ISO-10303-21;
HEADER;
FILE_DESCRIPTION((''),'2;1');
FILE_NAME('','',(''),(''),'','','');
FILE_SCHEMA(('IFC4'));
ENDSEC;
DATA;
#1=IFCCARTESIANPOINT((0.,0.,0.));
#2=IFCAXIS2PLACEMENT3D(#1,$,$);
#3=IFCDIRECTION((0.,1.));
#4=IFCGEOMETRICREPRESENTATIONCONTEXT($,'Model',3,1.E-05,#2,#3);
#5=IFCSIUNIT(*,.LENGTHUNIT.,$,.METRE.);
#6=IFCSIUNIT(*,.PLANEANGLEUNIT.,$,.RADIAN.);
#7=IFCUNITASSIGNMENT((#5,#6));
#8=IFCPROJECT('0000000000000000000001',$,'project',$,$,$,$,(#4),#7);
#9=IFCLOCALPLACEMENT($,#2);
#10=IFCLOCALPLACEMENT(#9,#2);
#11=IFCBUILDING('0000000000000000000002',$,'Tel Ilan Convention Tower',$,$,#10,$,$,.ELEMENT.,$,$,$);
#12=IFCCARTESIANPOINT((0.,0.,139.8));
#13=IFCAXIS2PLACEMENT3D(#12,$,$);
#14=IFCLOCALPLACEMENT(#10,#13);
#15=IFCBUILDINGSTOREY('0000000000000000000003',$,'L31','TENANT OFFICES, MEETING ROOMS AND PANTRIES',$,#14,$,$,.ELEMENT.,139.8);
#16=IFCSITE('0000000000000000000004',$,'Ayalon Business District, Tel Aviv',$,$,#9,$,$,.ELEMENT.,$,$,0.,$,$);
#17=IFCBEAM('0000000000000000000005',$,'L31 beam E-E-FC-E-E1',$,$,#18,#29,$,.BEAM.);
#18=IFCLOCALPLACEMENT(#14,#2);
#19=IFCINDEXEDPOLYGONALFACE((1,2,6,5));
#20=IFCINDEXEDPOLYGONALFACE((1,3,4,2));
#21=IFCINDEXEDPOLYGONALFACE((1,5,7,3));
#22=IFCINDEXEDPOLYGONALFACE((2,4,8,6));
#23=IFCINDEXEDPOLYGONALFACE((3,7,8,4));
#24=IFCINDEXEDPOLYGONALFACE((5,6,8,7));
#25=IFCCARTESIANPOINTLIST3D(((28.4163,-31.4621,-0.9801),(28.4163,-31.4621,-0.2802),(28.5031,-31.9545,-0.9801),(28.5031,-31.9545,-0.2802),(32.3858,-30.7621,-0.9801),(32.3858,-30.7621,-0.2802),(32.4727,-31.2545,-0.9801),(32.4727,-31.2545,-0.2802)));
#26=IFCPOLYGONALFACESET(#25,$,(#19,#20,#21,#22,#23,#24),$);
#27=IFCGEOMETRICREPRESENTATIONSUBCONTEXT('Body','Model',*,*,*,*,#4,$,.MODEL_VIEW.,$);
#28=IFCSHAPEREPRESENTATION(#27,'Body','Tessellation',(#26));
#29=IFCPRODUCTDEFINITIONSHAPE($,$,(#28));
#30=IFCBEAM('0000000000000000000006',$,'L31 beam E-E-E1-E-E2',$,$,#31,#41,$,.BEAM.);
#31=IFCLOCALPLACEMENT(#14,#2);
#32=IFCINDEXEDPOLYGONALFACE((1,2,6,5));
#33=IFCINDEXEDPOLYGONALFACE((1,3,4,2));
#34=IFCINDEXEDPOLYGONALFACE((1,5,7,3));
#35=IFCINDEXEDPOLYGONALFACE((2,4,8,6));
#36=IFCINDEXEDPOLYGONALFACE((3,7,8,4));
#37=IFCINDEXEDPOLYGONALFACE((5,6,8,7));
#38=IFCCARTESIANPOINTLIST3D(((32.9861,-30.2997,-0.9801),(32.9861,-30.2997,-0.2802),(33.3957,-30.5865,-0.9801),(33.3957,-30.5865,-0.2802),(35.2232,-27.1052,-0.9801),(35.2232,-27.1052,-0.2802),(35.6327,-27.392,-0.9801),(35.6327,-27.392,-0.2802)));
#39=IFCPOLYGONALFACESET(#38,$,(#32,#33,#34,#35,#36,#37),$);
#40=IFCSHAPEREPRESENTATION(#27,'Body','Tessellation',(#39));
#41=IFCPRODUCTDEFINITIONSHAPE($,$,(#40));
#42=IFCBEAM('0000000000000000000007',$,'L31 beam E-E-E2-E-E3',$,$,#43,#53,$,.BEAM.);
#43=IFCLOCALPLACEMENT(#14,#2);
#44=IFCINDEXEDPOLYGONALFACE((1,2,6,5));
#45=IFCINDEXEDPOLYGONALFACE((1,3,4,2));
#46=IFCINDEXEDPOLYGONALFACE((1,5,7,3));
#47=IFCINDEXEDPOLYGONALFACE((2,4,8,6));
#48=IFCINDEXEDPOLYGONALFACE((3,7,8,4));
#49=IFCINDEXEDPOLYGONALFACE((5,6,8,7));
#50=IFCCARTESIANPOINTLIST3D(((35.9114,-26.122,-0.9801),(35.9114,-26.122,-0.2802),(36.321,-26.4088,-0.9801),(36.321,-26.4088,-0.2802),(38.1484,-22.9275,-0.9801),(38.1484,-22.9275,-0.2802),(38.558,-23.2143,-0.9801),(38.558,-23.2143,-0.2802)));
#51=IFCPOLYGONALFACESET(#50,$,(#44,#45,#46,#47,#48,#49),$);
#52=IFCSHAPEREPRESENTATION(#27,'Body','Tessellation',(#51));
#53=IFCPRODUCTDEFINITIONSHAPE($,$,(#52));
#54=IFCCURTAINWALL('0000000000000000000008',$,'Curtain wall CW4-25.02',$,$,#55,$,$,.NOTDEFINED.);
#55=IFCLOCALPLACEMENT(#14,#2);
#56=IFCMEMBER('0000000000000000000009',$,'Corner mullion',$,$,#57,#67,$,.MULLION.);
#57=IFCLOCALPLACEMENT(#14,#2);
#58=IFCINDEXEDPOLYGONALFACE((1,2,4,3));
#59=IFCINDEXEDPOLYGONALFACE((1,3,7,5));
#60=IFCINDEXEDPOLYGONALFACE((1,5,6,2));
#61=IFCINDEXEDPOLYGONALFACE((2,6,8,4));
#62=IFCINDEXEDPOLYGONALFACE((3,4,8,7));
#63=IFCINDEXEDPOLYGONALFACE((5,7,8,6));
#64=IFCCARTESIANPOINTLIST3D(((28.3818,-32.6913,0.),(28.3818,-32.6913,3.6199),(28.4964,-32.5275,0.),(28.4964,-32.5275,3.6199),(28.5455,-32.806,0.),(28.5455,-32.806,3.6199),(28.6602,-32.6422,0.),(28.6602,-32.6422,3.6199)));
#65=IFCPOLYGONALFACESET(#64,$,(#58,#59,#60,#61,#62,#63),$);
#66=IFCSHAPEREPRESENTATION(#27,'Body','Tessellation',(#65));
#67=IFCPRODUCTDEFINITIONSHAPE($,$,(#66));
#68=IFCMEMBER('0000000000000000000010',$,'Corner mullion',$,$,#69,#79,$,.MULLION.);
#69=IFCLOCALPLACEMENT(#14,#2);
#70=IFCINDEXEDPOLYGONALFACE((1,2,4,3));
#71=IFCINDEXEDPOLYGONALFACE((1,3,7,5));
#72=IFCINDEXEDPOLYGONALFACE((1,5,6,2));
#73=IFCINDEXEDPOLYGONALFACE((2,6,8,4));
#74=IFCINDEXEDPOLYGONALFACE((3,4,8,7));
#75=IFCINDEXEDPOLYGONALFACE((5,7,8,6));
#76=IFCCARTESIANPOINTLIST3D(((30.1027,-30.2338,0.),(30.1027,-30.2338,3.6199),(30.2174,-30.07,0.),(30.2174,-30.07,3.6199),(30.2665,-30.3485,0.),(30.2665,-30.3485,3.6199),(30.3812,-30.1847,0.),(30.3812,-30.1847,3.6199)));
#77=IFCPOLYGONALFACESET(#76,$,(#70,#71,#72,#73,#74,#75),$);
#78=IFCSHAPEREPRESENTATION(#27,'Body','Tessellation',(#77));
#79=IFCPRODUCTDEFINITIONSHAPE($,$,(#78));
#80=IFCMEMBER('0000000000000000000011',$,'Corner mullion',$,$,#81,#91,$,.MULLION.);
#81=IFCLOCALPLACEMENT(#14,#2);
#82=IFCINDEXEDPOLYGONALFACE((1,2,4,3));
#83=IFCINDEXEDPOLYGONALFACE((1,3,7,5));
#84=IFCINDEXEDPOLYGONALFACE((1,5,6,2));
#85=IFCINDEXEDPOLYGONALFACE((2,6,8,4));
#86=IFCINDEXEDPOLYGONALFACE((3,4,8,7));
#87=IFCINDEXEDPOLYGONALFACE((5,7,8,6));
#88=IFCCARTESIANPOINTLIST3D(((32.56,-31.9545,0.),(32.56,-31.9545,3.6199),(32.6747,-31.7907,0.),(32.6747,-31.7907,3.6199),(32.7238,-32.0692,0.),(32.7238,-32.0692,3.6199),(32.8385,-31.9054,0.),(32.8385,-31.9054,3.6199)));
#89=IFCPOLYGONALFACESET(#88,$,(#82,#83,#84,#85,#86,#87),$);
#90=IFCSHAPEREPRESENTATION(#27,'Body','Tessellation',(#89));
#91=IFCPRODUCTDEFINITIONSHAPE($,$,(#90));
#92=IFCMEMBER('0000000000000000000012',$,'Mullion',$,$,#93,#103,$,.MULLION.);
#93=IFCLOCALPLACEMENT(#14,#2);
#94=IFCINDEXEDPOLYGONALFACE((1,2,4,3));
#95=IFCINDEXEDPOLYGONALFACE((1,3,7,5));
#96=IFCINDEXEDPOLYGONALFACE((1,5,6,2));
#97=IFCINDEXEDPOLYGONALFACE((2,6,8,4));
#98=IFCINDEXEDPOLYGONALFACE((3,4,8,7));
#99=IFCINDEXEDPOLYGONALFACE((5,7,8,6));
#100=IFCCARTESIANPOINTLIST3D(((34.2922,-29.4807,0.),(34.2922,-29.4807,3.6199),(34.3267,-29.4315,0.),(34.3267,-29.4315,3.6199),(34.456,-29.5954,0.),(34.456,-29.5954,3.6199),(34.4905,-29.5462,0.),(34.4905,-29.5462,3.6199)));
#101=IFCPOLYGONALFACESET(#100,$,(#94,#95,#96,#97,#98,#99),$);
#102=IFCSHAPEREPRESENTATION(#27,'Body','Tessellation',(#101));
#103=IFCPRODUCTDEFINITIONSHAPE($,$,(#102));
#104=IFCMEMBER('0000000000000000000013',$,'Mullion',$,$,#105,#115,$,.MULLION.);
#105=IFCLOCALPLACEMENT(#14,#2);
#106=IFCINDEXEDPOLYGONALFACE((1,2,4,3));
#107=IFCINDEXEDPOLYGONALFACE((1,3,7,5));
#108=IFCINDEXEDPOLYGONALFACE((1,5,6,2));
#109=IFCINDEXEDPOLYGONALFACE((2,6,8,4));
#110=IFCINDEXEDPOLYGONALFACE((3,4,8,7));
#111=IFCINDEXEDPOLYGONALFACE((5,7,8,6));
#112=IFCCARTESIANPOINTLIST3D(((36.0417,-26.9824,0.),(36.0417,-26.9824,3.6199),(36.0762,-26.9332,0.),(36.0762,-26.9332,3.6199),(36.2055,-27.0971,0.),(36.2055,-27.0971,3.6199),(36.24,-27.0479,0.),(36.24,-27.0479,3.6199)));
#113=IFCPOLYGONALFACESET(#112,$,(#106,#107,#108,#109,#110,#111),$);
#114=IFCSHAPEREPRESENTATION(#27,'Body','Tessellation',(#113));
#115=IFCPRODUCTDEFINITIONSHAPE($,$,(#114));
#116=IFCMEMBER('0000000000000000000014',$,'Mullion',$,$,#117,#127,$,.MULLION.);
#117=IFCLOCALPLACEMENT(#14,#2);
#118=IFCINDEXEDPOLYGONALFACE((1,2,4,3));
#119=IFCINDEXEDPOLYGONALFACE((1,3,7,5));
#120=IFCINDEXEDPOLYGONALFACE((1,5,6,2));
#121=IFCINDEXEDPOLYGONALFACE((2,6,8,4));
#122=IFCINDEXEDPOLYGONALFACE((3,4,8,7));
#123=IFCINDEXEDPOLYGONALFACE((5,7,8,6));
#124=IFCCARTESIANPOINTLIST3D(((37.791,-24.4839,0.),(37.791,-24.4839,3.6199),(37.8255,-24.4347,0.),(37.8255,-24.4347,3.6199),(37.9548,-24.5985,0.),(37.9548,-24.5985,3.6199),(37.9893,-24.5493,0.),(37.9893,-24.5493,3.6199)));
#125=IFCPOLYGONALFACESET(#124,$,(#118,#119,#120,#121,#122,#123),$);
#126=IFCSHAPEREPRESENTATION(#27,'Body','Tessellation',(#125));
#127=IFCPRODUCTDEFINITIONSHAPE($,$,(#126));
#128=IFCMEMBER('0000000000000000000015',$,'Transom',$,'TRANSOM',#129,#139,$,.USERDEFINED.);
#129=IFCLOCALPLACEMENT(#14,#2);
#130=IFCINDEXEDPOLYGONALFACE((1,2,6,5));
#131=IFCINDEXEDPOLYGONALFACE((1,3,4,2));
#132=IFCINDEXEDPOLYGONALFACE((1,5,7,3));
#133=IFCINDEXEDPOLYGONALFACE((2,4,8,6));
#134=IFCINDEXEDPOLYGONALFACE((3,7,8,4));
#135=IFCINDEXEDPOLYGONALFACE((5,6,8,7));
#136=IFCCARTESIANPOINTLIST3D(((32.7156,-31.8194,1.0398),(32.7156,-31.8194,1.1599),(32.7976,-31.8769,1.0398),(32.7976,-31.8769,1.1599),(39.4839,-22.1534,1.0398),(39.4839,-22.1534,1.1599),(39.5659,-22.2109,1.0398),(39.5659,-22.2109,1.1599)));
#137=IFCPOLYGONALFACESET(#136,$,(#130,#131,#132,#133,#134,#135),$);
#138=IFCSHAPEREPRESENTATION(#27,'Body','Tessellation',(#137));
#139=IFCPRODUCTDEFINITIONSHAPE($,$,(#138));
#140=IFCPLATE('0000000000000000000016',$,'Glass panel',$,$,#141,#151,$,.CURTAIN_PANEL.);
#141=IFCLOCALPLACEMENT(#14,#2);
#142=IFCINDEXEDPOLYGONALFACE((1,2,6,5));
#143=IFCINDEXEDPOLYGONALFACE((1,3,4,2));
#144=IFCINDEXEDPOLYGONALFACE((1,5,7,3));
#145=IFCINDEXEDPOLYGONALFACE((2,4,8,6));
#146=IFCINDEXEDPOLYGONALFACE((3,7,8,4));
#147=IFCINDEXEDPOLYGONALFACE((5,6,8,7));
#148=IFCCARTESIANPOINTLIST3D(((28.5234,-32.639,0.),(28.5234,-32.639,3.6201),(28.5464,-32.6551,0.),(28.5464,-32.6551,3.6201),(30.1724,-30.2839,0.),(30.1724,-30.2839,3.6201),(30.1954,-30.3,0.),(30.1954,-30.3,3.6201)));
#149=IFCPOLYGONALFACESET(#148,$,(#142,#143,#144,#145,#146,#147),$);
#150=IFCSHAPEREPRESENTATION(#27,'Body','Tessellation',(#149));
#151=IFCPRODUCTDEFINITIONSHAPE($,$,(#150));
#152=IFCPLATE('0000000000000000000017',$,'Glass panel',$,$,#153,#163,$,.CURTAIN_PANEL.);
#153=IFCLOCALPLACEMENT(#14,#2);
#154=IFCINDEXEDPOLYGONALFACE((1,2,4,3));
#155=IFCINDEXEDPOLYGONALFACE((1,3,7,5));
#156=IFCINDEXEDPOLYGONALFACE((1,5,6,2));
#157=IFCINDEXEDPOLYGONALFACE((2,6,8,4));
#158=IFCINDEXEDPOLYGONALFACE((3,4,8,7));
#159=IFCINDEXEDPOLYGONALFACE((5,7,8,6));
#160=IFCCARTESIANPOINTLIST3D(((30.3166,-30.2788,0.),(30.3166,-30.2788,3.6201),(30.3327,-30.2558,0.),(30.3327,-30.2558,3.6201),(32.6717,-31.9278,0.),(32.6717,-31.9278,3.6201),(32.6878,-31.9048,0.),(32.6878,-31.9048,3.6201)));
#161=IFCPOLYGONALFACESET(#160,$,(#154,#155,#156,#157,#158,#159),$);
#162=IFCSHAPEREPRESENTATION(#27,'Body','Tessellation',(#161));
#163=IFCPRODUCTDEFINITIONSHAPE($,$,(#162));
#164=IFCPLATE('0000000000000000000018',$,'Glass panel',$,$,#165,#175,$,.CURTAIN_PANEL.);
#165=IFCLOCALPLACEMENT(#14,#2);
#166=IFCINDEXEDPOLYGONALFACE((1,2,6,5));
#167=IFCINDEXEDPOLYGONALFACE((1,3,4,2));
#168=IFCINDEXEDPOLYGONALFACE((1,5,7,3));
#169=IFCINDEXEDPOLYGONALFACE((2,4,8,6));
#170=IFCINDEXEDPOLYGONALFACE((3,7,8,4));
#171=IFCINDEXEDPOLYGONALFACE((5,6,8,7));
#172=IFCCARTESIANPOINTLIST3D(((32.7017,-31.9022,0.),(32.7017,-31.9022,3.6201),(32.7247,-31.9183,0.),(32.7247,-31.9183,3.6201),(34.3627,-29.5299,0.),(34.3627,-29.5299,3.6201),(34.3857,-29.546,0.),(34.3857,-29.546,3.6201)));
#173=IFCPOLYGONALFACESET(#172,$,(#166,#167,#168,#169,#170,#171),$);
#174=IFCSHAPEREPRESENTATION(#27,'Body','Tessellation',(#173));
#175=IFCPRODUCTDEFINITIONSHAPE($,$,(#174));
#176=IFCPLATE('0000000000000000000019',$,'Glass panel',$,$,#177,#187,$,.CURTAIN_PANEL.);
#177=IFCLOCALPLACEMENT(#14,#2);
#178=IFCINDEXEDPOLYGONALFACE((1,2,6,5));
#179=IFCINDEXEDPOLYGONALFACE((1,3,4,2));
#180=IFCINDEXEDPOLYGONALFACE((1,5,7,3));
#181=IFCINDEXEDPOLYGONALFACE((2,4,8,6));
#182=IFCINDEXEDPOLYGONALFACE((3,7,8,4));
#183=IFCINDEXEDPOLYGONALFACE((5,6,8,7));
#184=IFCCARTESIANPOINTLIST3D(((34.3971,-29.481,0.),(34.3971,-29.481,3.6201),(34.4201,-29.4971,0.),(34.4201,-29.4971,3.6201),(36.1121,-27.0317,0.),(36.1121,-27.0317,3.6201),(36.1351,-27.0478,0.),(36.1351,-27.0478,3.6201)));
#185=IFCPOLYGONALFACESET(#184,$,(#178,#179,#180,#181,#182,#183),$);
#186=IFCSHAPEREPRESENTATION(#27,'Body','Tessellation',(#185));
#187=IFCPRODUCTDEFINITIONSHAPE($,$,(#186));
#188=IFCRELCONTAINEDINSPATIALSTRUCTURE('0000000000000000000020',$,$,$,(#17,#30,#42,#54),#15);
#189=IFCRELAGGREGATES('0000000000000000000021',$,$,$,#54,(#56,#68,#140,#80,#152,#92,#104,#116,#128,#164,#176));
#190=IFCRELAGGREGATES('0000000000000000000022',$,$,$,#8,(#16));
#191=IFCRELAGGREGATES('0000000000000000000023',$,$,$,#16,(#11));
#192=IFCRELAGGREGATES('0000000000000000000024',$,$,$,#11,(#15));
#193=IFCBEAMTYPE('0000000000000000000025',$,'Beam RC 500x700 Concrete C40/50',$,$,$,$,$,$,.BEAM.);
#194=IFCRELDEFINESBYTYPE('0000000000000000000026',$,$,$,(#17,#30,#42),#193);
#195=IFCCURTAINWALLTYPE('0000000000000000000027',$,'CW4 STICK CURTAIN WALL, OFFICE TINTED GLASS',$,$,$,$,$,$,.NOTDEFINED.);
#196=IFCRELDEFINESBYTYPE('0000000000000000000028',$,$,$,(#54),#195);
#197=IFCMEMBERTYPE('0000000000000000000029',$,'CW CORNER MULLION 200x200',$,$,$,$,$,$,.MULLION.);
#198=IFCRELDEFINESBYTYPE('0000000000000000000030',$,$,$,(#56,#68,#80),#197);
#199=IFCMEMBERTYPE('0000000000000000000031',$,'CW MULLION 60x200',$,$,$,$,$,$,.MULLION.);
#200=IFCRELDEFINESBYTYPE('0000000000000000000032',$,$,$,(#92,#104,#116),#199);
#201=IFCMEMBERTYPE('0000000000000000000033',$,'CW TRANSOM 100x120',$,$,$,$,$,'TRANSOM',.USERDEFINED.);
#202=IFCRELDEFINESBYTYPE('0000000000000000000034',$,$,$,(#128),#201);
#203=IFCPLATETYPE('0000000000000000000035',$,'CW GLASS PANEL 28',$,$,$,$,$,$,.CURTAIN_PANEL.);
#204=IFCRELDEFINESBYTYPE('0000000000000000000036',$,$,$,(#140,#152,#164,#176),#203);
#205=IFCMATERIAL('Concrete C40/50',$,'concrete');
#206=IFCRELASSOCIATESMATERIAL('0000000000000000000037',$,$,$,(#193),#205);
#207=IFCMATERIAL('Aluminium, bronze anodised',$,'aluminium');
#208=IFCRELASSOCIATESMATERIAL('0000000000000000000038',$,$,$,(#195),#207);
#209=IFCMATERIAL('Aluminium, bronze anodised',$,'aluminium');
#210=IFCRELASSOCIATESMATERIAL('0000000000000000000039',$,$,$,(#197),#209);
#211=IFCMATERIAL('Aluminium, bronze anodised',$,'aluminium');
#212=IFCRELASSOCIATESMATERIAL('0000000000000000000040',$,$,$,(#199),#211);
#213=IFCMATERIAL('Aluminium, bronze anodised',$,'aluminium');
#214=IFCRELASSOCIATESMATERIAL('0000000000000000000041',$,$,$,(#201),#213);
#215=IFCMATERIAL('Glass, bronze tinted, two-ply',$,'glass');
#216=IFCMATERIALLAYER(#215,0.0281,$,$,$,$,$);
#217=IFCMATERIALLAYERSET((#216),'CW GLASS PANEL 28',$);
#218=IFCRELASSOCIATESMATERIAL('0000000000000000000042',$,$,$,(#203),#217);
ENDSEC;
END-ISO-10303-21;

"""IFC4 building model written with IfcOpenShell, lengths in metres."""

from ifc_helpers import new_model, si_unit, direction, frame, origin, origin_2d, place, context, subcontext, project, spatial, rectangle, extrude, material, layer, layer_set, material_profile, profile_set, type_object, element, aggregate, save


model = new_model("IFC4")

# Units and contexts
model_context = context("Model", 3, precision=1e-05, world=origin(), true_north=direction((0.0, 1.0)))
body_context = subcontext(model_context, "Body", "Model", "MODEL_VIEW")
ifc_project = project(units=[si_unit("LENGTHUNIT", "METRE"), si_unit("PLANEANGLEUNIT", "RADIAN")], contexts=[model_context])

# Site, building, storey
site_placement = place(None, origin())
site = spatial("IfcSite", under=ifc_project, at=site_placement, Name="Ayalon Business District, Tel Aviv", CompositionType="ELEMENT", RefElevation=0.0)
building_placement = place(site_placement, origin())
building = spatial("IfcBuilding", under=site, at=building_placement, Name="Tel Ilan Convention Tower", CompositionType="ELEMENT")
storey_placement = place(building_placement, frame((0.0, 0.0, 139.8)))
storey = spatial("IfcBuildingStorey", under=building, at=storey_placement, Name="L31", Description="TENANT OFFICES, MEETING ROOMS AND PANTRIES", CompositionType="ELEMENT", Elevation=139.8)

# Beams
ifc_material_1 = material(Name="Concrete C40/50", Category="concrete")
ifc_material_profile_1 = material_profile(ifc_material_1, rectangle(XDim=0.5, YDim=0.7, at=origin_2d()), Name="RC 500x700")
ifc_profile_set_1 = profile_set([ifc_material_profile_1], Name="Concrete C40/50")
beam_type = type_object("IfcBeamType", Name="Beam RC 500x700 Concrete C40/50", PredefinedType="BEAM", material=ifc_profile_set_1)
beam_placement = place(storey_placement, frame((28.4597, -31.7083, -0.6301), z_axis=(0.984807, 0.173654, 0.0), x_axis=(-0.173654, 0.984807, 0.0)))
element("IfcBeam", 1, at=beam_placement, inside=storey, type_object=beam_type, Name="L31 beam E-E-FC-E-E1", PredefinedType="BEAM", context=body_context, shape_type="SweptSolid", body=[
    extrude(rectangle(XDim=0.5, YDim=0.7, at=origin_2d()), origin(), (0.0, 0.0, 1.0), 4.0308),
])
for number, where, z_axis, x_axis, name in (
    (2, (33.1909, -30.4431, -0.6301), (0.573609, 0.819129, 0.0), (-0.819129, 0.573609, 0.0), "L31 beam E-E-E1-E-E2"),
    (3, (36.1162, -26.2654, -0.6301), (0.573609, 0.819129, 0.0), (-0.819129, 0.573609, 0.0), "L31 beam E-E-E2-E-E3"),
):
    element("IfcBeam", number, at=place(storey_placement, frame(where, z_axis=z_axis, x_axis=x_axis)), inside=storey, type_object=beam_type, Name=name, PredefinedType="BEAM", context=body_context, shape_type="SweptSolid", body=[
        extrude(rectangle(XDim=0.5, YDim=0.7, at=origin_2d()), origin(), (0.0, 0.0, 1.0), 3.8999),
    ])

# Curtain wall, members, plates
ifc_material_2 = material(Name="Aluminium, bronze anodised", Category="aluminium")
curtain_wall_type = type_object("IfcCurtainWallType", Name="CW4 STICK CURTAIN WALL, OFFICE TINTED GLASS", PredefinedType="NOTDEFINED", material=ifc_material_2)
curtain_wall_placement = place(storey_placement, origin())
curtain_wall = element("IfcCurtainWall", 4, at=curtain_wall_placement, inside=storey, type_object=curtain_wall_type, Name="Curtain wall CW4-25.02", PredefinedType="NOTDEFINED")
ifc_material_3 = material(Name="Aluminium, bronze anodised", Category="aluminium")
ifc_material_profile_2 = material_profile(ifc_material_3, rectangle(XDim=0.2, YDim=0.2, at=origin_2d()), Name="CW CORNER MULLION 200x200")
ifc_profile_set_2 = profile_set([ifc_material_profile_2], Name="Aluminium, bronze anodised")
member_type_1 = type_object("IfcMemberType", Name="CW CORNER MULLION 200x200", PredefinedType="MULLION", material=ifc_profile_set_2)
member_1_placement = place(storey_placement, frame((28.521, -32.6667, 0.0), z_axis=(0.0, 0.0, 1.0), x_axis=(0.819152, -0.573576, 0.0)))
member_1 = element("IfcMember", 5, at=member_1_placement, type_object=member_type_1, Name="Corner mullion", PredefinedType="MULLION", context=body_context, shape_type="SweptSolid", body=[
    extrude(rectangle(XDim=0.2, YDim=0.2, at=origin_2d()), origin(), (0.0, 0.0, 1.0), 3.6199),
])
member_2_placement = place(storey_placement, frame((30.2419, -30.2092, 0.0), z_axis=(0.0, 0.0, 1.0), x_axis=(0.573576, 0.819152, 0.0)))
member_2 = element("IfcMember", 6, at=member_2_placement, type_object=member_type_1, Name="Corner mullion", PredefinedType="MULLION", context=body_context, shape_type="SweptSolid", body=[
    extrude(rectangle(XDim=0.2, YDim=0.2, at=origin_2d()), origin(), (0.0, 0.0, 1.0), 3.6199),
])
member_3_placement = place(storey_placement, frame((32.6992, -31.9299, 0.0), z_axis=(0.0, 0.0, 1.0), x_axis=(0.819152, -0.573576, 0.0)))
member_3 = element("IfcMember", 7, at=member_3_placement, type_object=member_type_1, Name="Corner mullion", PredefinedType="MULLION", context=body_context, shape_type="SweptSolid", body=[
    extrude(rectangle(XDim=0.2, YDim=0.2, at=origin_2d()), origin(), (0.0, 0.0, 1.0), 3.6199),
])
ifc_material_4 = material(Name="Aluminium, bronze anodised", Category="aluminium")
ifc_material_profile_3 = material_profile(ifc_material_4, rectangle(XDim=0.0601, YDim=0.2, at=origin_2d()), Name="CW MULLION 60x200")
ifc_profile_set_3 = profile_set([ifc_material_profile_3], Name="Aluminium, bronze anodised")
member_type_2 = type_object("IfcMemberType", Name="CW MULLION 60x200", PredefinedType="MULLION", material=ifc_profile_set_3)
member_4_placement = place(storey_placement, frame((34.3914, -29.5134, 0.0), z_axis=(0.0, 0.0, 1.0), x_axis=(0.573576, 0.819152, 0.0)))
member_4 = element("IfcMember", 8, at=member_4_placement, type_object=member_type_2, Name="Mullion", PredefinedType="MULLION", context=body_context, shape_type="SweptSolid", body=[
    extrude(rectangle(XDim=0.0601, YDim=0.2, at=origin_2d()), origin(), (0.0, 0.0, 1.0), 3.6199),
])
member_5_placement = place(storey_placement, frame((36.1409, -27.0151, 0.0), z_axis=(0.0, 0.0, 1.0), x_axis=(0.573576, 0.819152, 0.0)))
member_5 = element("IfcMember", 9, at=member_5_placement, type_object=member_type_2, Name="Mullion", PredefinedType="MULLION", context=body_context, shape_type="SweptSolid", body=[
    extrude(rectangle(XDim=0.0601, YDim=0.2, at=origin_2d()), origin(), (0.0, 0.0, 1.0), 3.6199),
])
member_6_placement = place(storey_placement, frame((37.8901, -24.5166, 0.0), z_axis=(0.0, 0.0, 1.0), x_axis=(0.573576, 0.819152, 0.0)))
member_6 = element("IfcMember", 10, at=member_6_placement, type_object=member_type_2, Name="Mullion", PredefinedType="MULLION", context=body_context, shape_type="SweptSolid", body=[
    extrude(rectangle(XDim=0.0601, YDim=0.2, at=origin_2d()), origin(), (0.0, 0.0, 1.0), 3.6199),
])
ifc_material_5 = material(Name="Aluminium, bronze anodised", Category="aluminium")
ifc_material_profile_4 = material_profile(ifc_material_5, rectangle(XDim=0.1001, YDim=0.1201, at=origin_2d()), Name="CW TRANSOM 100x120")
ifc_profile_set_4 = profile_set([ifc_material_profile_4], Name="Aluminium, bronze anodised")
member_type_3 = type_object("IfcMemberType", Name="CW TRANSOM 100x120", ElementType="TRANSOM", PredefinedType="USERDEFINED", material=ifc_profile_set_4)
member_7_placement = place(storey_placement, frame((32.7566, -31.8481, 1.0999), z_axis=(0.573582, 0.819148, 0.0), x_axis=(-0.819148, 0.573582, 0.0)))
member_7 = element("IfcMember", 11, at=member_7_placement, type_object=member_type_3, Name="Transom", ObjectType="TRANSOM", PredefinedType="USERDEFINED", context=body_context, shape_type="SweptSolid", body=[
    extrude(rectangle(XDim=0.1001, YDim=0.1201, at=origin_2d()), origin(), (0.0, 0.0, 1.0), 11.8),
])
ifc_material_6 = material(Name="Glass, bronze tinted, two-ply", Category="glass")
ifc_layer_1 = layer(ifc_material_6, 0.0281)
ifc_layer_set_1 = layer_set([ifc_layer_1], Name="CW GLASS PANEL 28")
plate_type = type_object("IfcPlateType", Name="CW GLASS PANEL 28", PredefinedType="CURTAIN_PANEL", material=ifc_layer_set_1)
plate_1_placement = place(storey_placement, frame((29.3594, -31.4695, 0.0), z_axis=(0.0, 0.0, 1.0), x_axis=(0.573576, 0.819152, 0.0)))
plate_1 = element("IfcPlate", 12, at=plate_1_placement, type_object=plate_type, Name="Glass panel", PredefinedType="CURTAIN_PANEL", context=body_context, shape_type="SweptSolid", body=[
    extrude(rectangle(XDim=2.875, YDim=0.0281, at=origin_2d()), origin(), (0.0, 0.0, 1.0), 3.6201),
])
plate_2_placement = place(storey_placement, frame((31.5022, -31.0918, 0.0), z_axis=(0.0, 0.0, 1.0), x_axis=(0.819152, -0.573576, 0.0)))
plate_2 = element("IfcPlate", 13, at=plate_2_placement, type_object=plate_type, Name="Glass panel", PredefinedType="CURTAIN_PANEL", context=body_context, shape_type="SweptSolid", body=[
    extrude(rectangle(XDim=2.875, YDim=0.0281, at=origin_2d()), origin(), (0.0, 0.0, 1.0), 3.6201),
])
plate_3_placement = place(storey_placement, frame((33.5437, -30.7241, 0.0), z_axis=(0.0, 0.0, 1.0), x_axis=(0.573576, 0.819152, 0.0)))
plate_3 = element("IfcPlate", 14, at=plate_3_placement, type_object=plate_type, Name="Glass panel", PredefinedType="CURTAIN_PANEL", context=body_context, shape_type="SweptSolid", body=[
    extrude(rectangle(XDim=2.896, YDim=0.0281, at=origin_2d()), origin(), (0.0, 0.0, 1.0), 3.6201),
])
plate_4_placement = place(storey_placement, frame((35.2661, -28.2644, 0.0), z_axis=(0.0, 0.0, 1.0), x_axis=(0.573576, 0.819152, 0.0)))
plate_4 = element("IfcPlate", 15, at=plate_4_placement, type_object=plate_type, Name="Glass panel", PredefinedType="CURTAIN_PANEL", context=body_context, shape_type="SweptSolid", body=[
    extrude(rectangle(XDim=2.99, YDim=0.0281, at=origin_2d()), origin(), (0.0, 0.0, 1.0), 3.6201),
])
aggregate(curtain_wall, [member_1, member_2, plate_1, member_3, plate_2, member_4, member_5, member_6, member_7, plate_3, plate_4])

save(model, "model.ifc")
